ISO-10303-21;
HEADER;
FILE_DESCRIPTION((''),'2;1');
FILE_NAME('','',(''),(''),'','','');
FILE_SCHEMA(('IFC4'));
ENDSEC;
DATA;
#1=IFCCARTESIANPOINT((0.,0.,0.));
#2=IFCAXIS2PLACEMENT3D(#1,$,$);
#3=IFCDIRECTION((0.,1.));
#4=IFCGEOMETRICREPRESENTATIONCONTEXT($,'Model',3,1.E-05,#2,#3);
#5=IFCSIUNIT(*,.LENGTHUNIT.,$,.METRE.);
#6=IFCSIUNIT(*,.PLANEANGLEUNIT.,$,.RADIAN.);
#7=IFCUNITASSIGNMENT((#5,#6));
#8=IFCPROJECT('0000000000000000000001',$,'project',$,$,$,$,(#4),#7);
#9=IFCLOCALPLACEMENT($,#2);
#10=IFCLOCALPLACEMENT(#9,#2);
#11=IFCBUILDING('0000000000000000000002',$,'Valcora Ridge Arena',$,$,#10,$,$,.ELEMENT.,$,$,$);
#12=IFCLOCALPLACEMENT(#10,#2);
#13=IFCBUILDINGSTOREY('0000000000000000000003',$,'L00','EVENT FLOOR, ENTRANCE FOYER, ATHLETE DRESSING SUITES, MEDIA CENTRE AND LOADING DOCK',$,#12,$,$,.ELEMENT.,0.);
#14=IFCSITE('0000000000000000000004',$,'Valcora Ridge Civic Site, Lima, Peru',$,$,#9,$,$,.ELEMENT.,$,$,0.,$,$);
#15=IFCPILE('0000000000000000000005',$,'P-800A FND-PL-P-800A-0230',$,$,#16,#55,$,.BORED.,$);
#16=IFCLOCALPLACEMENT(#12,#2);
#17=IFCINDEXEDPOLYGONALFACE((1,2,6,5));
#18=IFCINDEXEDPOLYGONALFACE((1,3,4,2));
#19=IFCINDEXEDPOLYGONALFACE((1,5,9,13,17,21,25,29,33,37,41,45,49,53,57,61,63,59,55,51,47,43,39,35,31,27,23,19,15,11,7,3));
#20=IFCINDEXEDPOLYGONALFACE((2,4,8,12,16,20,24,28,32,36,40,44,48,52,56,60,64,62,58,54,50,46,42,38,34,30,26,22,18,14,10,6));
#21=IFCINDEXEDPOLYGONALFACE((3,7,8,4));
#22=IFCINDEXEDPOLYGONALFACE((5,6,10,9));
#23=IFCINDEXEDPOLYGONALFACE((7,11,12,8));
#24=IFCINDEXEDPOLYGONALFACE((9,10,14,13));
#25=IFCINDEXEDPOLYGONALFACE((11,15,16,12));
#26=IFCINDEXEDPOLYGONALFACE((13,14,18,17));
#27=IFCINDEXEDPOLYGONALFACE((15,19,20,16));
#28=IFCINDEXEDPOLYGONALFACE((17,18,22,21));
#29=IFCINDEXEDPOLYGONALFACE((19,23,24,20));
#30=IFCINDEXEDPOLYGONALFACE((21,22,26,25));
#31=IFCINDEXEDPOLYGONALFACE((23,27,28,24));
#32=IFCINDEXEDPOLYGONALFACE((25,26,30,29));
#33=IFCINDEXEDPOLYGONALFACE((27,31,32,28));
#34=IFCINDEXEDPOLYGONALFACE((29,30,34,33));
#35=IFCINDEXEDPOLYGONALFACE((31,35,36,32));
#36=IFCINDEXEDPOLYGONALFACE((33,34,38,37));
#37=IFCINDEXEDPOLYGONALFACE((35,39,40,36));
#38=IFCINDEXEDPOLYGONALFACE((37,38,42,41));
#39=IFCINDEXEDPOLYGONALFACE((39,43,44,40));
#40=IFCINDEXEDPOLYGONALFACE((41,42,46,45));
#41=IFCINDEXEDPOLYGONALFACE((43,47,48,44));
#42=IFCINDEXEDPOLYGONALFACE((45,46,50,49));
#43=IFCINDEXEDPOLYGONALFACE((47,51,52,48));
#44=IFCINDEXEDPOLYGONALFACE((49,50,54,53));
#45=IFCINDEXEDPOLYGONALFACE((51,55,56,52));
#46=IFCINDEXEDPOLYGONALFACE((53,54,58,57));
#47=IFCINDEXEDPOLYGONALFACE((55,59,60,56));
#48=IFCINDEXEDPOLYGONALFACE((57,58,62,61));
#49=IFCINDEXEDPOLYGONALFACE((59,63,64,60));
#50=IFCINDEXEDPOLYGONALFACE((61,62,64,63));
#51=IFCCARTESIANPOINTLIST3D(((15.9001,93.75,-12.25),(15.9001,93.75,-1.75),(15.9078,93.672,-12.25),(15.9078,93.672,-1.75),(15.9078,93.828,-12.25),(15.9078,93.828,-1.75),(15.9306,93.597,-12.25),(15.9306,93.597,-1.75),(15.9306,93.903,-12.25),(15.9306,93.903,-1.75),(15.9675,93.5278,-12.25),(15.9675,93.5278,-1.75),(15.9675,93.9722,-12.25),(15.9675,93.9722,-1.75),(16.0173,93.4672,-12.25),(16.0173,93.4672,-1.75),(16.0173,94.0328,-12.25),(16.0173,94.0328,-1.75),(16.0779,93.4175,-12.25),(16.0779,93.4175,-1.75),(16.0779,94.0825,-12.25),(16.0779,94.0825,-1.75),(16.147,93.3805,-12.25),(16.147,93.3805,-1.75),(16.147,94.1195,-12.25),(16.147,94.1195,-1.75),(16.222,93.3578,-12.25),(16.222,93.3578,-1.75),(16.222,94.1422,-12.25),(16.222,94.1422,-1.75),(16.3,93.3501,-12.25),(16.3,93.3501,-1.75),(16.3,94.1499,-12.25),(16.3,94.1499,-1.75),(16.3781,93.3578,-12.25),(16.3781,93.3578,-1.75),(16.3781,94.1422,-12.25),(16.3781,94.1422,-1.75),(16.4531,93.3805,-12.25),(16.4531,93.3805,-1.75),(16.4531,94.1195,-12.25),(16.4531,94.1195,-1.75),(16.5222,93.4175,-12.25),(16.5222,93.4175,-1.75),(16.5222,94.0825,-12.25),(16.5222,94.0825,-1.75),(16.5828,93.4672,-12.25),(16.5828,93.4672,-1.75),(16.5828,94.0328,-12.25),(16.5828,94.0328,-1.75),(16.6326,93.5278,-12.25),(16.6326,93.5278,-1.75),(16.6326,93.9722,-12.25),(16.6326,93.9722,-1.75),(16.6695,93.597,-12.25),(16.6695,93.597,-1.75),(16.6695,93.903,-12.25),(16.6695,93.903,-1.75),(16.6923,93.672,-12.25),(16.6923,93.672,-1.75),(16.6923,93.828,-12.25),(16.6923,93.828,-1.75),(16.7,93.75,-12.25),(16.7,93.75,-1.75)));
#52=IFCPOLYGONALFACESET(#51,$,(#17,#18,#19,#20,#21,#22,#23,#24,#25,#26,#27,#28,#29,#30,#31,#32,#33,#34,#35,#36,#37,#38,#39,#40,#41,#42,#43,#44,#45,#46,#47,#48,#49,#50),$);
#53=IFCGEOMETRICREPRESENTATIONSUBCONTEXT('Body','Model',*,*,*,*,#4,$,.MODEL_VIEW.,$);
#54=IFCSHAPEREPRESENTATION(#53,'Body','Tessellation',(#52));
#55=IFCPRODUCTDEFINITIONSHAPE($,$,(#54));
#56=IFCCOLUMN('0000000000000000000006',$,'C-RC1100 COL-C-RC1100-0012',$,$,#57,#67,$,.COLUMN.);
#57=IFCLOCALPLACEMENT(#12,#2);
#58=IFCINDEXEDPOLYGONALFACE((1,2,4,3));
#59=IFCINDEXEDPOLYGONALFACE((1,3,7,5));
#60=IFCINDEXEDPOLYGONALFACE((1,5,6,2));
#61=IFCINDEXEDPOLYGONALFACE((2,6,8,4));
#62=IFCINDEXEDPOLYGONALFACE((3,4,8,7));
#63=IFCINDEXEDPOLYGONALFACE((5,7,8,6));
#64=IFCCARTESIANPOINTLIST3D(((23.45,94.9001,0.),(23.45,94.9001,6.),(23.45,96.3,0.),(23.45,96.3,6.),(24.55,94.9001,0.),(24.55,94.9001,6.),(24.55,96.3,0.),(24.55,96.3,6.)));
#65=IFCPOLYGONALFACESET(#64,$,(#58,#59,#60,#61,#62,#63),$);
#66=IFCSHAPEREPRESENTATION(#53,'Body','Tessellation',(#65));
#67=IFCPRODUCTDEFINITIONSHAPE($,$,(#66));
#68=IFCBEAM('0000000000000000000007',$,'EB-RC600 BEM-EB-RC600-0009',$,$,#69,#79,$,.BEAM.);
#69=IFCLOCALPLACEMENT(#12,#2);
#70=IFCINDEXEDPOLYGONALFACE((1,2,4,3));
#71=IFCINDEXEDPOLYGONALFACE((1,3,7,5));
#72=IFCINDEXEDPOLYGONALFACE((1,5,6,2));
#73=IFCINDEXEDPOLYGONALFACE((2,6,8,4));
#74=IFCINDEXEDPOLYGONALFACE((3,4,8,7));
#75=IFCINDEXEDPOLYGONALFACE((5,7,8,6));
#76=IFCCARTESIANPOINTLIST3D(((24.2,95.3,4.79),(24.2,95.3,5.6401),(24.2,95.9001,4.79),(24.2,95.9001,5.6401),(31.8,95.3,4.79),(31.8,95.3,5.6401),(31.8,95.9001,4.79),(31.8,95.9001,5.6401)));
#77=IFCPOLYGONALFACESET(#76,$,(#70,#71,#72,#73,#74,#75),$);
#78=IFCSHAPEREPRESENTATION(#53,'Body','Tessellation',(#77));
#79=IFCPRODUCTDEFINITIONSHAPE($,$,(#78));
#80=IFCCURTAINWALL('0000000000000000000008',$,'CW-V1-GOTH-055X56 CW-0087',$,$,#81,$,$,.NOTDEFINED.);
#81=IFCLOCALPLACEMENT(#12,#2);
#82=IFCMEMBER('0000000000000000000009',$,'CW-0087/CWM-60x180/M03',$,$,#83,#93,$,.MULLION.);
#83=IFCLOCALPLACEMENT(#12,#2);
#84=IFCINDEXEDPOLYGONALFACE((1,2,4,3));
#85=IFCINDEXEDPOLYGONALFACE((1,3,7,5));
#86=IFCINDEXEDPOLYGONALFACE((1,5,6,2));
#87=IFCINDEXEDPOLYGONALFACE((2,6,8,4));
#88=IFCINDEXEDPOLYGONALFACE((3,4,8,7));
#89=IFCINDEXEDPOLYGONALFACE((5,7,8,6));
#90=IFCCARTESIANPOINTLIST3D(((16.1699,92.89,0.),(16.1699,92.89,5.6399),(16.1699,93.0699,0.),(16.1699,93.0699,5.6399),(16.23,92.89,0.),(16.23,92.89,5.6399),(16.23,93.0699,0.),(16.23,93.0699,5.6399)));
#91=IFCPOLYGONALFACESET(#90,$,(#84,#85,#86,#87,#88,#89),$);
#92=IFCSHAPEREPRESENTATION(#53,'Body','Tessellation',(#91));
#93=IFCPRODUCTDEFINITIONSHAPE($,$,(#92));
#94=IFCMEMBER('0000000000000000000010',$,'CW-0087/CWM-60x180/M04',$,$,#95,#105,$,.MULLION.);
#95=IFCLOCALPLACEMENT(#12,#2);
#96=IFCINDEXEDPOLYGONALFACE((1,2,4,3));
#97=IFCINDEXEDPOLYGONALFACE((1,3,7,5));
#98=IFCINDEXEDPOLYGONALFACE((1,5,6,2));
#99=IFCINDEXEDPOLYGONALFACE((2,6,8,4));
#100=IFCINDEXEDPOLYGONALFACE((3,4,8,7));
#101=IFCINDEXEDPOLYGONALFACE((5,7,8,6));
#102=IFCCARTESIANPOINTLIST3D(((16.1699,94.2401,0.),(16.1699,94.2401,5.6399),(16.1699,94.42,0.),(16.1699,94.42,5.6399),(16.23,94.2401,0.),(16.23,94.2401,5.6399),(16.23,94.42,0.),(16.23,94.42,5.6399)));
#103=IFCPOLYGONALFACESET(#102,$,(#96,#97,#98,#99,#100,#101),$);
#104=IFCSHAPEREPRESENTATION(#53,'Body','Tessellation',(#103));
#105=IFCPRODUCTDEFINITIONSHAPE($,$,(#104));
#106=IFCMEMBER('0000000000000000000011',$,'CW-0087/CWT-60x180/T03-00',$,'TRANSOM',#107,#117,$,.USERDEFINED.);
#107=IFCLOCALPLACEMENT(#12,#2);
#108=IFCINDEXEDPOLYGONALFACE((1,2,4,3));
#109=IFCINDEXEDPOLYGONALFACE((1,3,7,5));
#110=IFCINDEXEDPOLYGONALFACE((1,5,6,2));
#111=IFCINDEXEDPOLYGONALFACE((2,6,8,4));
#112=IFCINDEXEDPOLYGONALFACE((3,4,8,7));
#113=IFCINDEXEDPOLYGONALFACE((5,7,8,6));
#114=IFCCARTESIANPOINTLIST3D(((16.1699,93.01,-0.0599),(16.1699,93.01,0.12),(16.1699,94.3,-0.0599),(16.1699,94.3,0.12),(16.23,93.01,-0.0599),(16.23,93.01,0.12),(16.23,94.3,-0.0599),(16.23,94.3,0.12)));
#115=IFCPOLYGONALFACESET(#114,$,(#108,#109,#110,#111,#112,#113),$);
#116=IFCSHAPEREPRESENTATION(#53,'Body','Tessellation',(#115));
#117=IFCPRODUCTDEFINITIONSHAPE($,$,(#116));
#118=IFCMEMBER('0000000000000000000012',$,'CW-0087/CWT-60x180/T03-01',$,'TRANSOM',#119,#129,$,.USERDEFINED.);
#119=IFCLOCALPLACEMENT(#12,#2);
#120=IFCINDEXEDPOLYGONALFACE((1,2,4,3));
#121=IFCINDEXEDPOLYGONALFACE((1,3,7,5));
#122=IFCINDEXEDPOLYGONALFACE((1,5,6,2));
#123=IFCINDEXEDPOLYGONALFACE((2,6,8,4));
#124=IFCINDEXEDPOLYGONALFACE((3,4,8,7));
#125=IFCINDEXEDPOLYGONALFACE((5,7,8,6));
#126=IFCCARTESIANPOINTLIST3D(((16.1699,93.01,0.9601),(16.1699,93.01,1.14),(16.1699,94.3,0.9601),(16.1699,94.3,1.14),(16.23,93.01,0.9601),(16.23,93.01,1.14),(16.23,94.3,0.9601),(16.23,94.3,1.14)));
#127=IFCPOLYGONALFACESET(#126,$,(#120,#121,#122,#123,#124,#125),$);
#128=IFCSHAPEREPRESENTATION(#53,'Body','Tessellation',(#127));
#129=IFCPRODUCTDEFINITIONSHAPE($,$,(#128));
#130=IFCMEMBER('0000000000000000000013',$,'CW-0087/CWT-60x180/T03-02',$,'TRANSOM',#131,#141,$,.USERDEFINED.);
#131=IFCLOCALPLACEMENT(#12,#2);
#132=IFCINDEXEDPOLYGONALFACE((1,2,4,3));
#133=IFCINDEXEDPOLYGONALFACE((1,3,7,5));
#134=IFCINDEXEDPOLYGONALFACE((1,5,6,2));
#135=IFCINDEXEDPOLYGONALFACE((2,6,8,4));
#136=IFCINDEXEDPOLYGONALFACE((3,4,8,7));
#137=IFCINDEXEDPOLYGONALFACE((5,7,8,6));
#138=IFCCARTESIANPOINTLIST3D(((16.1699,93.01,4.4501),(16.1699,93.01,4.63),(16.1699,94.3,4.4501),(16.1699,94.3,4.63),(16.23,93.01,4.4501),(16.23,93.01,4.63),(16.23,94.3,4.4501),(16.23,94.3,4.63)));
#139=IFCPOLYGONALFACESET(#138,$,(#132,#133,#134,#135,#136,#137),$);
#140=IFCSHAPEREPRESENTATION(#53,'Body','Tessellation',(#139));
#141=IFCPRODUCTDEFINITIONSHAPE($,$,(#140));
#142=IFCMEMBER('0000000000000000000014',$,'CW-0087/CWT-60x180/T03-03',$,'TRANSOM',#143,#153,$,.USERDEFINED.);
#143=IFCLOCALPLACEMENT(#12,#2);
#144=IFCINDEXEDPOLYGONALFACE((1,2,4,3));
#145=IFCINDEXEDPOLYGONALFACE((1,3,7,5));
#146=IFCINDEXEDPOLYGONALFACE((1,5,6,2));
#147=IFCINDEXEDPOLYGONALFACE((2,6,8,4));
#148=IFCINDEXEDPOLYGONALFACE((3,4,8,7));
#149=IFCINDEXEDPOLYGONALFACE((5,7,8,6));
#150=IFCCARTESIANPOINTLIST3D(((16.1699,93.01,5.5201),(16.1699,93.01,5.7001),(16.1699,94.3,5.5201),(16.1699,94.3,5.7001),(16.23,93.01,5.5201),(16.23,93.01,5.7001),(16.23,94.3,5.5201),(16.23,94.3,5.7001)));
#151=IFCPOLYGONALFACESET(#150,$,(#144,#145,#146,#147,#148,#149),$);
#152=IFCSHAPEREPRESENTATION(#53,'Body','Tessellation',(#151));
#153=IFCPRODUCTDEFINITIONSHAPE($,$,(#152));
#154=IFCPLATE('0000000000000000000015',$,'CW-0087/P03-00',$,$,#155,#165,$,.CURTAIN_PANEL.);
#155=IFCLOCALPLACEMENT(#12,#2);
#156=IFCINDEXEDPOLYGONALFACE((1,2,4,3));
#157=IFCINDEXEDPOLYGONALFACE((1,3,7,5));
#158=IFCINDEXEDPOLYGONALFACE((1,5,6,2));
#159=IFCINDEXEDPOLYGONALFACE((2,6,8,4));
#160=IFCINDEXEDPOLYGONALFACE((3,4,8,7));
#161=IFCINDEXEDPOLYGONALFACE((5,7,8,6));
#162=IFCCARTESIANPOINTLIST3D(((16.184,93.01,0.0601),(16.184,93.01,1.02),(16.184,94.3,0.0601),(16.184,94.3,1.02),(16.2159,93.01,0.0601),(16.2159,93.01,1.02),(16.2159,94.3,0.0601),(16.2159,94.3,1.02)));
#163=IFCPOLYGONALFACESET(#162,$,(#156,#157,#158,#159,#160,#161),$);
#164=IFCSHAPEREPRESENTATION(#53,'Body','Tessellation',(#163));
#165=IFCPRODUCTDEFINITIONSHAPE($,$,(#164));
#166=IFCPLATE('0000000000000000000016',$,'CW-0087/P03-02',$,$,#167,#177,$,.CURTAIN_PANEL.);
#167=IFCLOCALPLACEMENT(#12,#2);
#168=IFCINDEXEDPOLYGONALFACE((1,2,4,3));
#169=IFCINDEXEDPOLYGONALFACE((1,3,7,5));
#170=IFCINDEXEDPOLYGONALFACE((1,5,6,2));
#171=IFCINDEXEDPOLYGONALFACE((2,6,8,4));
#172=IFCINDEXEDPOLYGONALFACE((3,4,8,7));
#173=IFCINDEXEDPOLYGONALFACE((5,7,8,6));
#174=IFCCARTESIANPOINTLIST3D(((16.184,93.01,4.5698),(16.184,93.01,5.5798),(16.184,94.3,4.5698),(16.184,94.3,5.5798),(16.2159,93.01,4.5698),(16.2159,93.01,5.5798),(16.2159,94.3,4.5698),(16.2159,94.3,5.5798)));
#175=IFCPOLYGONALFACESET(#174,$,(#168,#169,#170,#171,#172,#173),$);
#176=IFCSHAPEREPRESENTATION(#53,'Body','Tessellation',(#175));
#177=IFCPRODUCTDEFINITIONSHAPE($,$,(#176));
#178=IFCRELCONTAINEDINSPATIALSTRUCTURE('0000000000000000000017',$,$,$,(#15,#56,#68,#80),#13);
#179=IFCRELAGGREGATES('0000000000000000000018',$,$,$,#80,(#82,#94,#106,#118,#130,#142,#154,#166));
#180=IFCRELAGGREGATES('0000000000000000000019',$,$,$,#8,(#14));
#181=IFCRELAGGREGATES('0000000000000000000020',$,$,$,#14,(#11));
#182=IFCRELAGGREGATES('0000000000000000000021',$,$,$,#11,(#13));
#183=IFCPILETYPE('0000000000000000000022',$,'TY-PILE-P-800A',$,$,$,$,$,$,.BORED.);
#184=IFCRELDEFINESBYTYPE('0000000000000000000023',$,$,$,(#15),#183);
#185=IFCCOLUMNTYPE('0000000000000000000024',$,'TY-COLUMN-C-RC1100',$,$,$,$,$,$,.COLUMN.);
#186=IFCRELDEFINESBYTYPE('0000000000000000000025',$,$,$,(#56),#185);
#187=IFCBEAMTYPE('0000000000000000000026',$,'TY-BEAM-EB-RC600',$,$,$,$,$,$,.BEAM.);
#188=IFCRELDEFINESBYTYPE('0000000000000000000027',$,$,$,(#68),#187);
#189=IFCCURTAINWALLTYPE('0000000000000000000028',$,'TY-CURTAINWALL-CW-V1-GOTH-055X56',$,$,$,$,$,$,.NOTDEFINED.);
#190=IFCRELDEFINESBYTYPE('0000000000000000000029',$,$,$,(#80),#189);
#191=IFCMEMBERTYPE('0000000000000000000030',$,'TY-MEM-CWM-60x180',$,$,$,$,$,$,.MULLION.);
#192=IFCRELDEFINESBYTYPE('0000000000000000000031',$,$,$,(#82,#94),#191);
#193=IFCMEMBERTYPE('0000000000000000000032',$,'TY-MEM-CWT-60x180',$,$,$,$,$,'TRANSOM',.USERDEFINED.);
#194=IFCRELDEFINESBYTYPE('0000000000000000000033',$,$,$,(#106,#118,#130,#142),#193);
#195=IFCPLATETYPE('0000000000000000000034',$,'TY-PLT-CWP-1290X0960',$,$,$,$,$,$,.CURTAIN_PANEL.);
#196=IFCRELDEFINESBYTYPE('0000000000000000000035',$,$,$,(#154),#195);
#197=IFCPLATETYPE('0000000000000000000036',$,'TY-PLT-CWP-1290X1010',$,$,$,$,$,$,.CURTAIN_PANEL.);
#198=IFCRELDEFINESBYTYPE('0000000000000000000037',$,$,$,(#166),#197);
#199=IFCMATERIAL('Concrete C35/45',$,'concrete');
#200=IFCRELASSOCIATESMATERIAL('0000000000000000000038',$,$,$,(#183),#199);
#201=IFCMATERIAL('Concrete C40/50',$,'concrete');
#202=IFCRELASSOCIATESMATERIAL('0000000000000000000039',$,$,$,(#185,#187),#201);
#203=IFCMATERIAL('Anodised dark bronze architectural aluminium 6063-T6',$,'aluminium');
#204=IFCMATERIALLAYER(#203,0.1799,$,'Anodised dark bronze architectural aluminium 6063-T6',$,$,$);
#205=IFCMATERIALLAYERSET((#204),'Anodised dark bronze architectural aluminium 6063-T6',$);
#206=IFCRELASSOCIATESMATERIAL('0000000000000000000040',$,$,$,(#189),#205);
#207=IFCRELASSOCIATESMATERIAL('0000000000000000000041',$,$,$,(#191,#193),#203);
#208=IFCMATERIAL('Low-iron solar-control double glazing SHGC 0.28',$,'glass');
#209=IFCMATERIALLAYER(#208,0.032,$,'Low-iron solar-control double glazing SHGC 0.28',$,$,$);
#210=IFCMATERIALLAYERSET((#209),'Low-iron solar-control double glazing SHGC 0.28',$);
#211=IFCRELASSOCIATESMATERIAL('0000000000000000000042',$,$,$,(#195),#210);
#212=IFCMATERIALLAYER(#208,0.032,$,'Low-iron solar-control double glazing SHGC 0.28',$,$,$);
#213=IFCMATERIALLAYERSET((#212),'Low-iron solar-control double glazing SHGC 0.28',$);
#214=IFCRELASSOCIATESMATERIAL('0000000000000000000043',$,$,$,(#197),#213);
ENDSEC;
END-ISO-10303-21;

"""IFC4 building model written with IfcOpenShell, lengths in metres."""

from ifc_helpers import new_model, si_unit, direction, frame, origin, origin_2d, place, context, subcontext, project, spatial, rectangle, circle, extrude, material, layer, layer_set, material_profile, profile_set, type_object, element, aggregate, save


model = new_model("IFC4")

# Units and contexts
model_context = context("Model", 3, precision=1e-05, world=origin(), true_north=direction((0.0, 1.0)))
body_context = subcontext(model_context, "Body", "Model", "MODEL_VIEW")
ifc_project = project(units=[si_unit("LENGTHUNIT", "METRE"), si_unit("PLANEANGLEUNIT", "RADIAN")], contexts=[model_context])

# Site, building, storey
site_placement = place(None, origin())
site = spatial("IfcSite", under=ifc_project, at=site_placement, Name="Valcora Ridge Civic Site, Lima, Peru", CompositionType="ELEMENT", RefElevation=0.0)
building_placement = place(site_placement, origin())
building = spatial("IfcBuilding", under=site, at=building_placement, Name="Valcora Ridge Arena", CompositionType="ELEMENT")
storey_placement = place(building_placement, origin())
storey = spatial("IfcBuildingStorey", under=building, at=storey_placement, Name="L00", Description="EVENT FLOOR, ENTRANCE FOYER, ATHLETE DRESSING SUITES, MEDIA CENTRE AND LOADING DOCK", CompositionType="ELEMENT", Elevation=0.0)

# Pile
ifc_material_1 = material(Name="Concrete C35/45", Category="concrete")
ifc_material_profile_1 = material_profile(ifc_material_1, circle(Radius=0.3999, at=origin_2d()), Name="BORED PILE D800")
ifc_profile_set_1 = profile_set([ifc_material_profile_1], Name="Concrete C35/45")
pile_type = type_object("IfcPileType", Name="TY-PILE-P-800A", PredefinedType="BORED", material=ifc_profile_set_1)
pile_placement = place(storey_placement, frame((16.3, 93.75, -1.75), z_axis=(0.0, 0.0, -1.0), x_axis=(1.0, 0.0, 0.0)))
element("IfcPile", 1, at=pile_placement, inside=storey, type_object=pile_type, Name="P-800A FND-PL-P-800A-0230", PredefinedType="BORED", context=body_context, shape_type="SweptSolid", body=[
    extrude(circle(Radius=0.3999, at=origin_2d()), origin(), (0.0, 0.0, 1.0), 10.5),
])

# Column
ifc_material_2 = material(Name="Concrete C40/50", Category="concrete")
ifc_material_profile_2 = material_profile(ifc_material_2, rectangle(XDim=1.1001, YDim=1.3999, at=origin_2d()), Name="RC 1100x1400")
ifc_profile_set_2 = profile_set([ifc_material_profile_2], Name="Concrete C40/50")
column_type = type_object("IfcColumnType", Name="TY-COLUMN-C-RC1100", PredefinedType="COLUMN", material=ifc_profile_set_2)
column_placement = place(storey_placement, frame((24.0, 95.6001, 0.0), z_axis=(0.0, 0.0, 1.0), x_axis=(1.0, 0.0, 0.0)))
element("IfcColumn", 2, at=column_placement, inside=storey, type_object=column_type, Name="C-RC1100 COL-C-RC1100-0012", PredefinedType="COLUMN", context=body_context, shape_type="SweptSolid", body=[
    extrude(rectangle(XDim=1.1001, YDim=1.3999, at=origin_2d()), origin(), (0.0, 0.0, 1.0), 6.0),
])

# Beam
ifc_material_profile_3 = material_profile(ifc_material_2, rectangle(XDim=0.6001, YDim=0.8501, at=origin_2d()), Name="RC 600x850")
ifc_profile_set_3 = profile_set([ifc_material_profile_3], Name="Concrete C40/50")
beam_type = type_object("IfcBeamType", Name="TY-BEAM-EB-RC600", PredefinedType="BEAM", material=ifc_profile_set_3)
beam_placement = place(storey_placement, frame((24.2, 95.6001, 5.2151), z_axis=(1.0, 0.0, 0.0), x_axis=(0.0, 1.0, 0.0)))
element("IfcBeam", 3, at=beam_placement, inside=storey, type_object=beam_type, Name="EB-RC600 BEM-EB-RC600-0009", PredefinedType="BEAM", context=body_context, shape_type="SweptSolid", body=[
    extrude(rectangle(XDim=0.6001, YDim=0.8501, at=origin_2d()), origin(), (0.0, 0.0, 1.0), 7.6001),
])

# Curtain wall, members, plates
ifc_material_3 = material(Name="Anodised dark bronze architectural aluminium 6063-T6", Category="aluminium")
ifc_layer_1 = layer(ifc_material_3, 0.1799, Name="Anodised dark bronze architectural aluminium 6063-T6")
ifc_layer_set_1 = layer_set([ifc_layer_1], Name="Anodised dark bronze architectural aluminium 6063-T6")
curtain_wall_type = type_object("IfcCurtainWallType", Name="TY-CURTAINWALL-CW-V1-GOTH-055X56", PredefinedType="NOTDEFINED", material=ifc_layer_set_1)
curtain_wall_placement = place(storey_placement, origin())
curtain_wall = element("IfcCurtainWall", 4, at=curtain_wall_placement, inside=storey, type_object=curtain_wall_type, Name="CW-V1-GOTH-055X56 CW-0087", PredefinedType="NOTDEFINED")
ifc_material_profile_4 = material_profile(ifc_material_3, rectangle(XDim=0.0601, YDim=0.1799, at=origin_2d()), Name="ALU MULLION 60x180")
ifc_profile_set_4 = profile_set([ifc_material_profile_4], Name="Anodised dark bronze architectural aluminium 6063-T6")
member_type_1 = type_object("IfcMemberType", Name="TY-MEM-CWM-60x180", PredefinedType="MULLION", material=ifc_profile_set_4)
member_1_placement = place(storey_placement, frame((16.2, 92.98, 0.0), z_axis=(0.0, 0.0, 1.0), x_axis=(-1.0, 0.0, 0.0)))
member_1 = element("IfcMember", 5, at=member_1_placement, type_object=member_type_1, Name="CW-0087/CWM-60x180/M03", PredefinedType="MULLION", context=body_context, shape_type="SweptSolid", body=[
    extrude(rectangle(XDim=0.0601, YDim=0.1799, at=origin_2d()), origin(), (0.0, 0.0, 1.0), 5.6399),
])
member_2_placement = place(storey_placement, frame((16.2, 94.3301, 0.0), z_axis=(0.0, 0.0, 1.0), x_axis=(-1.0, 0.0, 0.0)))
member_2 = element("IfcMember", 6, at=member_2_placement, type_object=member_type_1, Name="CW-0087/CWM-60x180/M04", PredefinedType="MULLION", context=body_context, shape_type="SweptSolid", body=[
    extrude(rectangle(XDim=0.0601, YDim=0.1799, at=origin_2d()), origin(), (0.0, 0.0, 1.0), 5.6399),
])
ifc_material_profile_5 = material_profile(ifc_material_3, rectangle(XDim=0.0601, YDim=0.1799, at=origin_2d()), Name="ALU TRANSOM 60x180")
ifc_profile_set_5 = profile_set([ifc_material_profile_5], Name="Anodised dark bronze architectural aluminium 6063-T6")
member_type_2 = type_object("IfcMemberType", Name="TY-MEM-CWT-60x180", ElementType="TRANSOM", PredefinedType="USERDEFINED", material=ifc_profile_set_5)
member_3_placement = place(storey_placement, frame((16.2, 93.01, 0.03), z_axis=(0.0, 1.0, 0.0), x_axis=(-1.0, 0.0, 0.0)))
member_3 = element("IfcMember", 7, at=member_3_placement, type_object=member_type_2, Name="CW-0087/CWT-60x180/T03-00", ObjectType="TRANSOM", PredefinedType="USERDEFINED", context=body_context, shape_type="SweptSolid", body=[
    extrude(rectangle(XDim=0.0601, YDim=0.1799, at=origin_2d()), origin(), (0.0, 0.0, 1.0), 1.29),
])
member_4_placement = place(storey_placement, frame((16.2, 93.01, 1.05), z_axis=(0.0, 1.0, 0.0), x_axis=(-1.0, 0.0, 0.0)))
member_4 = element("IfcMember", 8, at=member_4_placement, type_object=member_type_2, Name="CW-0087/CWT-60x180/T03-01", ObjectType="TRANSOM", PredefinedType="USERDEFINED", context=body_context, shape_type="SweptSolid", body=[
    extrude(rectangle(XDim=0.0601, YDim=0.1799, at=origin_2d()), origin(), (0.0, 0.0, 1.0), 1.29),
])
member_5_placement = place(storey_placement, frame((16.2, 93.01, 4.54), z_axis=(0.0, 1.0, 0.0), x_axis=(-1.0, 0.0, 0.0)))
member_5 = element("IfcMember", 9, at=member_5_placement, type_object=member_type_2, Name="CW-0087/CWT-60x180/T03-02", ObjectType="TRANSOM", PredefinedType="USERDEFINED", context=body_context, shape_type="SweptSolid", body=[
    extrude(rectangle(XDim=0.0601, YDim=0.1799, at=origin_2d()), origin(), (0.0, 0.0, 1.0), 1.29),
])
member_6_placement = place(storey_placement, frame((16.2, 93.01, 5.6101), z_axis=(0.0, 1.0, 0.0), x_axis=(-1.0, 0.0, 0.0)))
member_6 = element("IfcMember", 10, at=member_6_placement, type_object=member_type_2, Name="CW-0087/CWT-60x180/T03-03", ObjectType="TRANSOM", PredefinedType="USERDEFINED", context=body_context, shape_type="SweptSolid", body=[
    extrude(rectangle(XDim=0.0601, YDim=0.1799, at=origin_2d()), origin(), (0.0, 0.0, 1.0), 1.29),
])
ifc_material_4 = material(Name="Low-iron solar-control double glazing SHGC 0.28", Category="glass")
ifc_layer_2 = layer(ifc_material_4, 0.032, Name="Low-iron solar-control double glazing SHGC 0.28")
ifc_layer_set_2 = layer_set([ifc_layer_2], Name="Low-iron solar-control double glazing SHGC 0.28")
plate_type_1 = type_object("IfcPlateType", Name="TY-PLT-CWP-1290X0960", PredefinedType="CURTAIN_PANEL", material=ifc_layer_set_2)
plate_1_placement = place(storey_placement, frame((16.2, 93.655, 0.0601), z_axis=(0.0, 0.0, 1.0), x_axis=(0.0, 1.0, 0.0)))
plate_1 = element("IfcPlate", 11, at=plate_1_placement, type_object=plate_type_1, Name="CW-0087/P03-00", PredefinedType="CURTAIN_PANEL", context=body_context, shape_type="SweptSolid", body=[
    extrude(rectangle(XDim=1.29, YDim=0.032, at=origin_2d()), origin(), (0.0, 0.0, 1.0), 0.96),
])
ifc_layer_3 = layer(ifc_material_4, 0.032, Name="Low-iron solar-control double glazing SHGC 0.28")
ifc_layer_set_3 = layer_set([ifc_layer_3], Name="Low-iron solar-control double glazing SHGC 0.28")
plate_type_2 = type_object("IfcPlateType", Name="TY-PLT-CWP-1290X1010", PredefinedType="CURTAIN_PANEL", material=ifc_layer_set_3)
plate_2_placement = place(storey_placement, frame((16.2, 93.655, 4.5698), z_axis=(0.0, 0.0, 1.0), x_axis=(0.0, 1.0, 0.0)))
plate_2 = element("IfcPlate", 12, at=plate_2_placement, type_object=plate_type_2, Name="CW-0087/P03-02", PredefinedType="CURTAIN_PANEL", context=body_context, shape_type="SweptSolid", body=[
    extrude(rectangle(XDim=1.29, YDim=0.032, at=origin_2d()), origin(), (0.0, 0.0, 1.0), 1.01),
])
aggregate(curtain_wall, [member_1, member_2, member_3, member_4, member_5, member_6, plate_1, plate_2])

save(model, "model.ifc")
